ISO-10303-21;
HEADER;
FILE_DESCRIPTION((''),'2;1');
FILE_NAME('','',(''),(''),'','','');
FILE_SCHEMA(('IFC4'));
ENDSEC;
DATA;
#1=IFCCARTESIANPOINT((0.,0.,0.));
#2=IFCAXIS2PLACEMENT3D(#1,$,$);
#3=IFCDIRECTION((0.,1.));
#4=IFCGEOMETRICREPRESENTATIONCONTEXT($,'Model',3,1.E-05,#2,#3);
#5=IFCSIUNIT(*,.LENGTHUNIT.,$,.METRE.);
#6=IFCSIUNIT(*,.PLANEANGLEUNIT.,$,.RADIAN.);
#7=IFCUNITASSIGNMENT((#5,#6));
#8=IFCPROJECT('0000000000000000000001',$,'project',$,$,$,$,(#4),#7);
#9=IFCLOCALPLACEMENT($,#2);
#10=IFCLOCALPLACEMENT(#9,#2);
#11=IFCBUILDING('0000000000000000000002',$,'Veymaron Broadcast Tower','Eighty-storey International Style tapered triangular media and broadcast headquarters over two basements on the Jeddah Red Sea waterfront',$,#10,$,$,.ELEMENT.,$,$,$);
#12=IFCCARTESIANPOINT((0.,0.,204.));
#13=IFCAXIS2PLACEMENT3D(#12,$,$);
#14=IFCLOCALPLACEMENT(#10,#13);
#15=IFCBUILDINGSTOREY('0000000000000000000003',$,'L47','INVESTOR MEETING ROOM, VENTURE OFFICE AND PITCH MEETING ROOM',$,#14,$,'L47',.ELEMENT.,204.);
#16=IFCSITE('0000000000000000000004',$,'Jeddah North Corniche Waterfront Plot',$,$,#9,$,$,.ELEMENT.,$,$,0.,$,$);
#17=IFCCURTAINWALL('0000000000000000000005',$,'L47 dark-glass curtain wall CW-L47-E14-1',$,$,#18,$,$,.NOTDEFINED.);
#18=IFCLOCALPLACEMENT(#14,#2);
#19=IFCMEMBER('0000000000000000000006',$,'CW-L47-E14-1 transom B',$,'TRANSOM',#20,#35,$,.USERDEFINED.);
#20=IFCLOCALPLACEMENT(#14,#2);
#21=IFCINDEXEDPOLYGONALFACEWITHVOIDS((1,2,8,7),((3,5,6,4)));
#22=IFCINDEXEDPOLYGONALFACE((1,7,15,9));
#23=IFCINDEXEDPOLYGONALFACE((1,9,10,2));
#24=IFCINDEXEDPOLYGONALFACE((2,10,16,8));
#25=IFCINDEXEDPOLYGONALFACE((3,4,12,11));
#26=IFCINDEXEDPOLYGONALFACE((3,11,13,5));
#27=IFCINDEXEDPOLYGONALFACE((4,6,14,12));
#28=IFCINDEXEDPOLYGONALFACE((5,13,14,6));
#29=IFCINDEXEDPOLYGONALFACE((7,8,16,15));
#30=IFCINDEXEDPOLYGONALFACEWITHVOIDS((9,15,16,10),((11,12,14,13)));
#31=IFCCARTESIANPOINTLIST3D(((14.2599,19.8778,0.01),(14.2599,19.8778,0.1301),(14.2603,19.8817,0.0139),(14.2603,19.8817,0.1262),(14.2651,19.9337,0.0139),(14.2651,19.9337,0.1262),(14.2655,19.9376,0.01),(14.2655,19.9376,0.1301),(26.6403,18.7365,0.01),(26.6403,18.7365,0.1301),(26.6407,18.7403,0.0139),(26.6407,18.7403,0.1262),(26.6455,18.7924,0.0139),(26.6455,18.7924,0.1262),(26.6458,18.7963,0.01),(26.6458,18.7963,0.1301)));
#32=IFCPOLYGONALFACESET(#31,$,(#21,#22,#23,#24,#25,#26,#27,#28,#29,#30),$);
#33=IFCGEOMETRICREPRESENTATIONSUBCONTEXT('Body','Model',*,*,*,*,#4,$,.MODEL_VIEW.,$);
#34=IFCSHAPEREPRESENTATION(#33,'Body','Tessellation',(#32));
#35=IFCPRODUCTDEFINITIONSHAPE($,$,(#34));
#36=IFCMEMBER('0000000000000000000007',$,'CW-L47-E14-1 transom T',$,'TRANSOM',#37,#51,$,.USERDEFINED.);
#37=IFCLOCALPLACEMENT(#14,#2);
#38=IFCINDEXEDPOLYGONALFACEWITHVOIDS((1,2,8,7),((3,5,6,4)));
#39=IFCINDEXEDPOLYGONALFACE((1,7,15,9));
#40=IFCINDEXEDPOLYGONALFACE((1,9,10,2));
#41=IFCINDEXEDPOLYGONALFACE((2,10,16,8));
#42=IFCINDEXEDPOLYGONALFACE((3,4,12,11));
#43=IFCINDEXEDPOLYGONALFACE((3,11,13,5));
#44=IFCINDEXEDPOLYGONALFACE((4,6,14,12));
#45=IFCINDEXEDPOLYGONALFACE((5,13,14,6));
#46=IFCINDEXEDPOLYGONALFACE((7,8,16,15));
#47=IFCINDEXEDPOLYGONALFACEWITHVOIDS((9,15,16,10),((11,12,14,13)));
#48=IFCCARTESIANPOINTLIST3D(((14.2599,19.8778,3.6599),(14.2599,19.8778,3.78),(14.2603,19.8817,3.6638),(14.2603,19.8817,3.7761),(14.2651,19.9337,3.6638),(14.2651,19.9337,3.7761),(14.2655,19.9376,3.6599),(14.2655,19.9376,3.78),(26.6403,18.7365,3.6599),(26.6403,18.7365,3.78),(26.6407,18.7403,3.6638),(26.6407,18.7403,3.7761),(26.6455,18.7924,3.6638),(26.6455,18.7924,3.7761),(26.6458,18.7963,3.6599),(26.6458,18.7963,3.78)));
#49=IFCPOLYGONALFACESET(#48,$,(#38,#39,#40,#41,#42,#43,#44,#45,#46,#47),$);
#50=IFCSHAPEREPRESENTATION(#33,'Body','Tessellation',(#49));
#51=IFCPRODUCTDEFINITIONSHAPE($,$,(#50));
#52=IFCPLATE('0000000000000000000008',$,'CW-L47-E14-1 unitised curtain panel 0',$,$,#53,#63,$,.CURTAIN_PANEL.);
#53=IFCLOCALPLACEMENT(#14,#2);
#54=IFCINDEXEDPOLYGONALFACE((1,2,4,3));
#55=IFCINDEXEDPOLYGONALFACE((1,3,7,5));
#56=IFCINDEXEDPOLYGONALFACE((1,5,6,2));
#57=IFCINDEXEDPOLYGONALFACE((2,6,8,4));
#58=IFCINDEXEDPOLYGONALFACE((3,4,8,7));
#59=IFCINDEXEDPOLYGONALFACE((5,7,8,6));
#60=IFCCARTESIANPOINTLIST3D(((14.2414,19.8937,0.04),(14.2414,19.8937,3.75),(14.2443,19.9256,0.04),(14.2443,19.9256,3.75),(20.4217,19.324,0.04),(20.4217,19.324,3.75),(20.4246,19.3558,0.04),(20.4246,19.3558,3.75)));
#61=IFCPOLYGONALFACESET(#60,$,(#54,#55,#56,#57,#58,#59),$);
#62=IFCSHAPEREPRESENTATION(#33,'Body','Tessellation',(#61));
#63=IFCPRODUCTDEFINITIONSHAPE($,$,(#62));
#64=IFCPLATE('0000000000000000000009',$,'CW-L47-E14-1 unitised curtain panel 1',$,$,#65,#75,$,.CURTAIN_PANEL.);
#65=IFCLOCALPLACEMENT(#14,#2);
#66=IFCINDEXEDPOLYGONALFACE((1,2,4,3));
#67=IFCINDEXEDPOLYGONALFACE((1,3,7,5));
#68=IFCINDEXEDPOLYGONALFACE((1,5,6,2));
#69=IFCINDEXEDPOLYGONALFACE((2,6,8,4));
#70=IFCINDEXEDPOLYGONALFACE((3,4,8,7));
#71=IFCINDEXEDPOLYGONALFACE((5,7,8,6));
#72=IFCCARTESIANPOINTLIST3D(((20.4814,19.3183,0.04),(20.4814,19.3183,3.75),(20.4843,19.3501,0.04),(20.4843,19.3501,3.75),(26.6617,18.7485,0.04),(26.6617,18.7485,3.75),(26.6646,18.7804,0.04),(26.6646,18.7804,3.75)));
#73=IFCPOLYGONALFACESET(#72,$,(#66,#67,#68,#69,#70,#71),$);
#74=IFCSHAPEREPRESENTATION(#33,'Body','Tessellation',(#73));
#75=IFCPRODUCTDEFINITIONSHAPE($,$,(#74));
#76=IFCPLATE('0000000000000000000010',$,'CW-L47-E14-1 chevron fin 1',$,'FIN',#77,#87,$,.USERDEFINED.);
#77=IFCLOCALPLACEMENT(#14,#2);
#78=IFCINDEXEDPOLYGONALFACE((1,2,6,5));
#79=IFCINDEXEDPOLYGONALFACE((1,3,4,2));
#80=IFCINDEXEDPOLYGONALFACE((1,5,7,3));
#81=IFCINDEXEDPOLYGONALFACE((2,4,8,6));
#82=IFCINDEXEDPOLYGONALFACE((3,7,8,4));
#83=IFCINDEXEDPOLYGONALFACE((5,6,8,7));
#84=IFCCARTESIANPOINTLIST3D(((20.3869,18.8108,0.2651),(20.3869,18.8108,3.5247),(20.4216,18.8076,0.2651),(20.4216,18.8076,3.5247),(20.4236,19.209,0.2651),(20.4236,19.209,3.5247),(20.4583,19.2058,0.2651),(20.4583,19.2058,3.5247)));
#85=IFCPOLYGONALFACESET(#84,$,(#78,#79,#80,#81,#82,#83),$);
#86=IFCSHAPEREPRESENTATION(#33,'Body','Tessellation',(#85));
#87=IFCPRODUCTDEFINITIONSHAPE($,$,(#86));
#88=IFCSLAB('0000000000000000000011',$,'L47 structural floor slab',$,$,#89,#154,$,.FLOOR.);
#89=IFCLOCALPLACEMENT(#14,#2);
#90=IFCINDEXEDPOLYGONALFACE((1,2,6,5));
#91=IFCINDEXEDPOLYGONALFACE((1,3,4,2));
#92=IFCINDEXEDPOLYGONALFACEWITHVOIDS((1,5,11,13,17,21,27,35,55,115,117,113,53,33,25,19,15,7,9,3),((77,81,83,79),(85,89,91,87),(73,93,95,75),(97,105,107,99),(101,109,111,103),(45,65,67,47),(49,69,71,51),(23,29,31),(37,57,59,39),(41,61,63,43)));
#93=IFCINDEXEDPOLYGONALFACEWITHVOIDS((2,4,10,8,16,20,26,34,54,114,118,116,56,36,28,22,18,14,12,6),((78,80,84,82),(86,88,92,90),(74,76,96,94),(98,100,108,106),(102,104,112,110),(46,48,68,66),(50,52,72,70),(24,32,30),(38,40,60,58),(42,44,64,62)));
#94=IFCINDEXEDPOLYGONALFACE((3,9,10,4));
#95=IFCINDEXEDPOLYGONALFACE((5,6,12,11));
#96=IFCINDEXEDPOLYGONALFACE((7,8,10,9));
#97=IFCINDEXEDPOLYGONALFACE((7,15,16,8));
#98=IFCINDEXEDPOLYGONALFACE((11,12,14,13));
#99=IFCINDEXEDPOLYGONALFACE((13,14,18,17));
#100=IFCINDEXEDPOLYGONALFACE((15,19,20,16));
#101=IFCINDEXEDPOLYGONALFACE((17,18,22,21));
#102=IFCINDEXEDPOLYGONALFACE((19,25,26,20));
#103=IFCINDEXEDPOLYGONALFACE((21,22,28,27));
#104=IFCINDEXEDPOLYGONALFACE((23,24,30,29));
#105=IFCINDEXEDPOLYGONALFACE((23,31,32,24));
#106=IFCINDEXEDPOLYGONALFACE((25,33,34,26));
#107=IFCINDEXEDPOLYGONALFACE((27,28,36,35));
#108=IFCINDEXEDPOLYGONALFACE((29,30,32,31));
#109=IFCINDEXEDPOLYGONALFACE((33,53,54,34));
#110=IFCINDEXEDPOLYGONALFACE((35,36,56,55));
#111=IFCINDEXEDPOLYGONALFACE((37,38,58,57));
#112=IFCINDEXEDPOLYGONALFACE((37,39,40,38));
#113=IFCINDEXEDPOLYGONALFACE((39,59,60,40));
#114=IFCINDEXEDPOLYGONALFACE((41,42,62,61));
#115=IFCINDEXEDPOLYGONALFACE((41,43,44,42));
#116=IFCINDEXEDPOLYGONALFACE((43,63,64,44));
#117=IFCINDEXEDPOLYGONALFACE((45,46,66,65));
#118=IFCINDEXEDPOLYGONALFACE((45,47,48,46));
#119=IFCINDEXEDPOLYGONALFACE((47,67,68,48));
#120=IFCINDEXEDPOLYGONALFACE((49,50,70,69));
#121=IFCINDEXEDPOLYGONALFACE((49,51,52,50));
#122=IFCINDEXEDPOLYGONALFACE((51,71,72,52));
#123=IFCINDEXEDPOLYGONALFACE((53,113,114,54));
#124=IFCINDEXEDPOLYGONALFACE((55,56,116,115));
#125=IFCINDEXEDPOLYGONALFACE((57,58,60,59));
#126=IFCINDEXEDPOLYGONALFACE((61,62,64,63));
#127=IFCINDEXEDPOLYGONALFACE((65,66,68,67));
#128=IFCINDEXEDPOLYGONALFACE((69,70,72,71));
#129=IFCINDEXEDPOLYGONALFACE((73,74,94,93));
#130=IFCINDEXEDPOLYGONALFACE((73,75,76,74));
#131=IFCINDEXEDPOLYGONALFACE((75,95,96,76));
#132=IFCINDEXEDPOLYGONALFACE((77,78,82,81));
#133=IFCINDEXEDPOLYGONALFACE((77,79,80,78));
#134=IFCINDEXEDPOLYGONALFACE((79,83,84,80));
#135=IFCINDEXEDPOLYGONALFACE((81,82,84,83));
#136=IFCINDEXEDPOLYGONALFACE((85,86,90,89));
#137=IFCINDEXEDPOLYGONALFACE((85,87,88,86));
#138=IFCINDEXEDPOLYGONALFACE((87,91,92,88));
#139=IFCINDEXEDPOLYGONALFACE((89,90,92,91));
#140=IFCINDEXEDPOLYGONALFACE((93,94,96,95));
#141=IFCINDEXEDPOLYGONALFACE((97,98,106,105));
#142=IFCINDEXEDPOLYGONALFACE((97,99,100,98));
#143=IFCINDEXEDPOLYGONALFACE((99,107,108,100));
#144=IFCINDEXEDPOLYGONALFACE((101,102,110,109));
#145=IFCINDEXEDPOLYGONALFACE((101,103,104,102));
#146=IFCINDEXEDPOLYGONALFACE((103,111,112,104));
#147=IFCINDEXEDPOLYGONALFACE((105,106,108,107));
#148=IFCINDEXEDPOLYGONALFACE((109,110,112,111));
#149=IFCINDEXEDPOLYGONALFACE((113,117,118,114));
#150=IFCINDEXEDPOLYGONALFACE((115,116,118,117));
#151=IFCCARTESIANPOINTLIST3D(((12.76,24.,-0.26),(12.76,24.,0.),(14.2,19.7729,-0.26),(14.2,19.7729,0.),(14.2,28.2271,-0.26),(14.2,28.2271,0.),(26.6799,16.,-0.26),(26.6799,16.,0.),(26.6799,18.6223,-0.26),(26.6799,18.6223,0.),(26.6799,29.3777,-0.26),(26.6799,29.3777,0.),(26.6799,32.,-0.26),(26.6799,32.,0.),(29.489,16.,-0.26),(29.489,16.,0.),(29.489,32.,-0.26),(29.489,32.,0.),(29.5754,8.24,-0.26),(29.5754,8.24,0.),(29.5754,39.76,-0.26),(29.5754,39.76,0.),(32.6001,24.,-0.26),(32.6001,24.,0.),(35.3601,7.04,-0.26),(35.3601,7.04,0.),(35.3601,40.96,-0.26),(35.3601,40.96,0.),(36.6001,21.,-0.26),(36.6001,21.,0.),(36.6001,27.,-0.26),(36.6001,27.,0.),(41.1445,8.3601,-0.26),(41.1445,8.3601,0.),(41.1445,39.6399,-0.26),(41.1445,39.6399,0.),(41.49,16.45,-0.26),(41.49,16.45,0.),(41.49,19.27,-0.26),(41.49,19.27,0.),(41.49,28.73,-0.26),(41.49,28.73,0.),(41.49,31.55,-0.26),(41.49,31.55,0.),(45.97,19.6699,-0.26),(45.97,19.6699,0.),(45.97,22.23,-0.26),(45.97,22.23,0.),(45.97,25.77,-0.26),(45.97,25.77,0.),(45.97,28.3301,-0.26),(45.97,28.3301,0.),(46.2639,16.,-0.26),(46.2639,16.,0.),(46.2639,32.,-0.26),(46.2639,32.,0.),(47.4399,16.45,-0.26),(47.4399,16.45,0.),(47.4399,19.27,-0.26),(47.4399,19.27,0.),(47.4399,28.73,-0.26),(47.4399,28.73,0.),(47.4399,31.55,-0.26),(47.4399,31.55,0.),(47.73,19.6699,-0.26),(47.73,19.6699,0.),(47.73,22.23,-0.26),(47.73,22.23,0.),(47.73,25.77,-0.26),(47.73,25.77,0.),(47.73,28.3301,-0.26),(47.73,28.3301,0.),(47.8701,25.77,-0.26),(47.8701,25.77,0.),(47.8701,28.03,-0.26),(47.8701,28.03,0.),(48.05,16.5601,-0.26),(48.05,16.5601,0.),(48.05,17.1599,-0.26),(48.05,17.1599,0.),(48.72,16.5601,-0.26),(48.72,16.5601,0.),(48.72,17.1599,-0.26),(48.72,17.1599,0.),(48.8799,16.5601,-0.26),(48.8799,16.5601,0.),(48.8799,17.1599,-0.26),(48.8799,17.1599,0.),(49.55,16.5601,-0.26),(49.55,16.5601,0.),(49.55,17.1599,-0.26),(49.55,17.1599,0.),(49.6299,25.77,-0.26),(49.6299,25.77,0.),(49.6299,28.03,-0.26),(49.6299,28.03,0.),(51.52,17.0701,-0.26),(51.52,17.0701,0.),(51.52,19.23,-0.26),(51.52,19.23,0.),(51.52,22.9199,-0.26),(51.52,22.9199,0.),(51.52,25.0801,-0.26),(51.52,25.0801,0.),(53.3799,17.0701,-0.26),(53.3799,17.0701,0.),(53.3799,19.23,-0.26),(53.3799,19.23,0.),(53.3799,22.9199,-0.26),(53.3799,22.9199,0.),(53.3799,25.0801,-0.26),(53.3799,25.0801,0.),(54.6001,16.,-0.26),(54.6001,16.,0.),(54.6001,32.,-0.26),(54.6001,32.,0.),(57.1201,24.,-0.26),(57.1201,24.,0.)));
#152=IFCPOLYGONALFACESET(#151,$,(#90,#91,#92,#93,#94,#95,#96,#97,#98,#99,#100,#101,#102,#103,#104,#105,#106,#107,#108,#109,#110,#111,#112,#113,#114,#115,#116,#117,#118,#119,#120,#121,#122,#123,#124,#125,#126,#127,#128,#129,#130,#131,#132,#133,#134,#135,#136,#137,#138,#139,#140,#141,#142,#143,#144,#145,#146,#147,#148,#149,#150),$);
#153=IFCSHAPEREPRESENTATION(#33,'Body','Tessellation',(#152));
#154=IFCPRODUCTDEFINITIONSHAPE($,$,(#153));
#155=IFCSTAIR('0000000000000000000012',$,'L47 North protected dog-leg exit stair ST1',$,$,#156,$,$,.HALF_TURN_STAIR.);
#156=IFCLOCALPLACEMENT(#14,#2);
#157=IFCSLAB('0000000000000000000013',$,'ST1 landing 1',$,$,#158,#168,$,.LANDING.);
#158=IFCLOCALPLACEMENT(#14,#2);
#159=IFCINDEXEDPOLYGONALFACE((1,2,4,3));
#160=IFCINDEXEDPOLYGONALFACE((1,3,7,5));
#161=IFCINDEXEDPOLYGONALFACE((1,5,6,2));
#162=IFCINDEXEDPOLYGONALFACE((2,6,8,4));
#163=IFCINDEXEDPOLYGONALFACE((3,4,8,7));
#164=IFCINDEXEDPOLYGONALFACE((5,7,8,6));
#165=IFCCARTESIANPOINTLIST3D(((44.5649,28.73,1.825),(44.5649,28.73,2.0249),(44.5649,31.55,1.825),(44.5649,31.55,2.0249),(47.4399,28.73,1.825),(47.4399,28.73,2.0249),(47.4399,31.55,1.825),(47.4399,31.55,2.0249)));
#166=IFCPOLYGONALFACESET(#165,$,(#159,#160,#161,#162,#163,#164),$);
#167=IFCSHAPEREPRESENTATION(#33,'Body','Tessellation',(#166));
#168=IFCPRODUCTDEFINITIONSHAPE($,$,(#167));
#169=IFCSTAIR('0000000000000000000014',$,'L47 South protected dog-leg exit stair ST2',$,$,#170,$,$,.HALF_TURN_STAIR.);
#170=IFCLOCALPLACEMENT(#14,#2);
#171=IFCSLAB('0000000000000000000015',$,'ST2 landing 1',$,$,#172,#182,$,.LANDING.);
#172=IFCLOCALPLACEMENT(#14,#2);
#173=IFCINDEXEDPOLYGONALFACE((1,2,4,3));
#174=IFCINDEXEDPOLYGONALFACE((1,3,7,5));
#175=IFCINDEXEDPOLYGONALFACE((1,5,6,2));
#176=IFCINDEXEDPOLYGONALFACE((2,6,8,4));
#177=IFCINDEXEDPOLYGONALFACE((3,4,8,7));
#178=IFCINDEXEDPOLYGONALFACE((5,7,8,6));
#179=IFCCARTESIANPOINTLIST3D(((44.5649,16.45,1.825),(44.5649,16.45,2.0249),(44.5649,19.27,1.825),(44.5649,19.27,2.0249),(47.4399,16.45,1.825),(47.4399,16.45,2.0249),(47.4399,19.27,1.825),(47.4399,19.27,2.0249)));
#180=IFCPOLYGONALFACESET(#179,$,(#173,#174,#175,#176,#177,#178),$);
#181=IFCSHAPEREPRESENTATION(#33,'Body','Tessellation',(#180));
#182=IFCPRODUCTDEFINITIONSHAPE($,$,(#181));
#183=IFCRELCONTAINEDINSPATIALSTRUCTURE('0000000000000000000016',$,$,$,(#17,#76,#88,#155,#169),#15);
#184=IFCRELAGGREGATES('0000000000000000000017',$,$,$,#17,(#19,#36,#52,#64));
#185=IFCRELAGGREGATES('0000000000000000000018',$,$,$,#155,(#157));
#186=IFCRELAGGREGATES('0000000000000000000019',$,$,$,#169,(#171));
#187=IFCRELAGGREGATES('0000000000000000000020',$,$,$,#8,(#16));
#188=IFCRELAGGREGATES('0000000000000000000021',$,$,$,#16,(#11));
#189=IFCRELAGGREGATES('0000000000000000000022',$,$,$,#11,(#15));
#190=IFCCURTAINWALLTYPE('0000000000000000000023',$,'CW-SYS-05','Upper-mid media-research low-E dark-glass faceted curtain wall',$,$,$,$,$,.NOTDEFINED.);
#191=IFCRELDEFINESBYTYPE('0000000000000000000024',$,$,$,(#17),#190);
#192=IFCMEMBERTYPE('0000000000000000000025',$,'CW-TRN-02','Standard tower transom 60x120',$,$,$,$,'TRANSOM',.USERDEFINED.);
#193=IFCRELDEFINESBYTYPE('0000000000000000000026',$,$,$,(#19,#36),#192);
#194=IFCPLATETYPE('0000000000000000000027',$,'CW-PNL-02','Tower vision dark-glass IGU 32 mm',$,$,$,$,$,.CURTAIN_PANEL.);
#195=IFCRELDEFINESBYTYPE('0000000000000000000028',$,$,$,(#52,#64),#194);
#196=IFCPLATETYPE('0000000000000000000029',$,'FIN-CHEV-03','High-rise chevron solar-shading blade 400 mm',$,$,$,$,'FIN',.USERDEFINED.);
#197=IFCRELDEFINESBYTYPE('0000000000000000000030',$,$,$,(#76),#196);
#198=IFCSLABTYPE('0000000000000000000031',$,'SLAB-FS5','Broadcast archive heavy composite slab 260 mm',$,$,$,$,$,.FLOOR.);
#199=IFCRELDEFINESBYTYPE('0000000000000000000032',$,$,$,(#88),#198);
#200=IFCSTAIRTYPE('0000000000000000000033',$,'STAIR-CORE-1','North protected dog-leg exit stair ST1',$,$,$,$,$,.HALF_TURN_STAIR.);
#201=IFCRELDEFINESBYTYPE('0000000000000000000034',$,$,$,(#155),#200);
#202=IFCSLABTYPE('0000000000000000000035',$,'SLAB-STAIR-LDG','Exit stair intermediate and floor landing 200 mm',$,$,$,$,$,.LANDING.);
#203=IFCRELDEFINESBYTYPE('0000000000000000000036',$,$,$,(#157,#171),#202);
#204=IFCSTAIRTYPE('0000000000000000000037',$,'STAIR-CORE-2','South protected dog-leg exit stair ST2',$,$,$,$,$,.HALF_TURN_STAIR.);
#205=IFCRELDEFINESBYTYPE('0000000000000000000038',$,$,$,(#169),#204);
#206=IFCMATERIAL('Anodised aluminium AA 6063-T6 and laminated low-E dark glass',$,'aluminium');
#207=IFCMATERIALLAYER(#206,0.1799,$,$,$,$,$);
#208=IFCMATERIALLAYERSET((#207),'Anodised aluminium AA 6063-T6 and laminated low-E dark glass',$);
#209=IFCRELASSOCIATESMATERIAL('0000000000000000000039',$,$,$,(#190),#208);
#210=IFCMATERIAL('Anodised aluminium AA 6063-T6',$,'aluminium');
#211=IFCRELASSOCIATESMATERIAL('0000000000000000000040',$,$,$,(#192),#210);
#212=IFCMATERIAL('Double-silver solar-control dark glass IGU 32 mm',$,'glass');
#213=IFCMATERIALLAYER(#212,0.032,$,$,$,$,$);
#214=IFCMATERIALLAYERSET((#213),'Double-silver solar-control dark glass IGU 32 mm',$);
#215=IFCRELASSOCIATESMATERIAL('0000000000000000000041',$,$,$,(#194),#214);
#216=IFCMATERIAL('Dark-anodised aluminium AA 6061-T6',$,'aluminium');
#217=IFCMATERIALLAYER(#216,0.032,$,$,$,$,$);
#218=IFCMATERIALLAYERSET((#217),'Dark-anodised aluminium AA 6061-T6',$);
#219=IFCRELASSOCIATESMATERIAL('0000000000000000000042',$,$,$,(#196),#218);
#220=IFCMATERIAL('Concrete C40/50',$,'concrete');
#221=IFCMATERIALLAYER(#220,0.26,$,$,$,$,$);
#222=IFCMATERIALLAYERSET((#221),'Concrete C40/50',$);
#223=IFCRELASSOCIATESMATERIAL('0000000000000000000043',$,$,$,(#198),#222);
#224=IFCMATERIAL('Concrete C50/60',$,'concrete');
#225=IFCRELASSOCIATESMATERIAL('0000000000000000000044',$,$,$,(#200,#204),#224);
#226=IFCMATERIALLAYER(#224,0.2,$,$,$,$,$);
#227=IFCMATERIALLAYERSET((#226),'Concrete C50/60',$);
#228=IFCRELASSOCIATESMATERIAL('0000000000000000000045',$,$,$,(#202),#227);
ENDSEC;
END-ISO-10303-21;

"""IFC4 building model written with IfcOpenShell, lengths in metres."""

from ifc_helpers import new_model, si_unit, direction, frame, origin, origin_2d, place, context, subcontext, project, spatial, polyline, rectangle, hollow_rectangle, outline, extrude, material, layer, layer_set, material_profile, profile_set, type_object, element, aggregate, save


model = new_model("IFC4")

# Units and contexts
model_context = context("Model", 3, precision=1e-05, world=origin(), true_north=direction((0.0, 1.0)))
body_context = subcontext(model_context, "Body", "Model", "MODEL_VIEW")
ifc_project = project(units=[si_unit("LENGTHUNIT", "METRE"), si_unit("PLANEANGLEUNIT", "RADIAN")], contexts=[model_context])

# Site, building, storey
site_placement = place(None, origin())
site = spatial("IfcSite", under=ifc_project, at=site_placement, Name="Jeddah North Corniche Waterfront Plot", CompositionType="ELEMENT", RefElevation=0.0)
building_placement = place(site_placement, origin())
building = spatial("IfcBuilding", under=site, at=building_placement, Name="Veymaron Broadcast Tower", Description="Eighty-storey International Style tapered triangular media and broadcast headquarters over two basements on the Jeddah Red Sea waterfront", CompositionType="ELEMENT")
storey_placement = place(building_placement, frame((0.0, 0.0, 204.0)))
storey = spatial("IfcBuildingStorey", under=building, at=storey_placement, Name="L47", Description="INVESTOR MEETING ROOM, VENTURE OFFICE AND PITCH MEETING ROOM", LongName="L47", CompositionType="ELEMENT", Elevation=204.0)

# Curtain wall, members, plates
ifc_material_1 = material(Name="Anodised aluminium AA 6063-T6 and laminated low-E dark glass", Category="aluminium")
ifc_layer_1 = layer(ifc_material_1, 0.1799)
ifc_layer_set_1 = layer_set([ifc_layer_1], Name="Anodised aluminium AA 6063-T6 and laminated low-E dark glass")
curtain_wall_type = type_object("IfcCurtainWallType", Name="CW-SYS-05", Description="Upper-mid media-research low-E dark-glass faceted curtain wall", PredefinedType="NOTDEFINED", material=ifc_layer_set_1)
curtain_wall_placement = place(storey_placement, origin())
curtain_wall = element("IfcCurtainWall", 1, at=curtain_wall_placement, inside=storey, type_object=curtain_wall_type, Name="L47 dark-glass curtain wall CW-L47-E14-1", PredefinedType="NOTDEFINED")
ifc_material_2 = material(Name="Anodised aluminium AA 6063-T6", Category="aluminium")
ifc_material_profile_1 = material_profile(ifc_material_2, hollow_rectangle(XDim=0.0601, YDim=0.1201, WallThickness=0.0039, at=origin_2d()), Name="AL120X60X4")
ifc_profile_set_1 = profile_set([ifc_material_profile_1], Name="Anodised aluminium AA 6063-T6")
member_type_1 = type_object("IfcMemberType", Name="CW-TRN-02", Description="Standard tower transom 60x120", ElementType="TRANSOM", PredefinedType="USERDEFINED", material=ifc_profile_set_1)
member_1_placement = place(storey_placement, frame((14.2627, 19.9077, 0.0701), z_axis=(0.995777, -0.091802, 0.0), x_axis=(0.091802, 0.995777, 0.0)))
member_1 = element("IfcMember", 2, at=member_1_placement, type_object=member_type_1, Name="CW-L47-E14-1 transom B", ObjectType="TRANSOM", PredefinedType="USERDEFINED", context=body_context, shape_type="SweptSolid", body=[
    extrude(hollow_rectangle(XDim=0.0601, YDim=0.1201, WallThickness=0.0039, at=origin_2d()), origin(), (0.0, 0.0, 1.0), 12.4329),
])
member_2_placement = place(storey_placement, frame((14.2627, 19.9077, 3.72), z_axis=(0.995777, -0.091802, 0.0), x_axis=(0.091802, 0.995777, 0.0)))
member_2 = element("IfcMember", 3, at=member_2_placement, type_object=member_type_1, Name="CW-L47-E14-1 transom T", ObjectType="TRANSOM", PredefinedType="USERDEFINED", context=body_context, shape_type="SweptSolid", body=[
    extrude(hollow_rectangle(XDim=0.0601, YDim=0.1201, WallThickness=0.0039, at=origin_2d()), origin(), (0.0, 0.0, 1.0), 12.4329),
])
ifc_material_3 = material(Name="Double-silver solar-control dark glass IGU 32 mm", Category="glass")
ifc_layer_2 = layer(ifc_material_3, 0.032)
ifc_layer_set_2 = layer_set([ifc_layer_2], Name="Double-silver solar-control dark glass IGU 32 mm")
plate_type_1 = type_object("IfcPlateType", Name="CW-PNL-02", Description="Tower vision dark-glass IGU 32 mm", PredefinedType="CURTAIN_PANEL", material=ifc_layer_set_2)
plate_1_placement = place(storey_placement, frame((17.333, 19.6248, 0.04), z_axis=(0.0, 0.0, 1.0), x_axis=(0.995778, -0.091797, 0.0)))
plate_1 = element("IfcPlate", 4, at=plate_1_placement, type_object=plate_type_1, Name="CW-L47-E14-1 unitised curtain panel 0", PredefinedType="CURTAIN_PANEL", context=body_context, shape_type="SweptSolid", body=[
    extrude(rectangle(XDim=6.2065, YDim=0.032, at=origin_2d()), origin(), (0.0, 0.0, 1.0), 3.71),
])
plate_2_placement = place(storey_placement, frame((23.573, 19.0493, 0.04), z_axis=(0.0, 0.0, 1.0), x_axis=(0.995778, -0.091797, 0.0)))
plate_2 = element("IfcPlate", 5, at=plate_2_placement, type_object=plate_type_1, Name="CW-L47-E14-1 unitised curtain panel 1", PredefinedType="CURTAIN_PANEL", context=body_context, shape_type="SweptSolid", body=[
    extrude(rectangle(XDim=6.2065, YDim=0.032, at=origin_2d()), origin(), (0.0, 0.0, 1.0), 3.71),
])
aggregate(curtain_wall, [member_1, member_2, plate_1, plate_2])

# Plate
ifc_material_4 = material(Name="Dark-anodised aluminium AA 6061-T6", Category="aluminium")
ifc_layer_3 = layer(ifc_material_4, 0.032)
ifc_layer_set_3 = layer_set([ifc_layer_3], Name="Dark-anodised aluminium AA 6061-T6")
plate_type_2 = type_object("IfcPlateType", Name="FIN-CHEV-03", Description="High-rise chevron solar-shading blade 400 mm", ElementType="FIN", PredefinedType="USERDEFINED", material=ifc_layer_set_3)
plate_3_placement = place(storey_placement, frame((20.4226, 19.0083, 0.2651), z_axis=(0.0, 0.0, 1.0), x_axis=(-0.091797, -0.995778, 0.0)))
element("IfcPlate", 6, at=plate_3_placement, inside=storey, type_object=plate_type_2, Name="CW-L47-E14-1 chevron fin 1", ObjectType="FIN", PredefinedType="USERDEFINED", context=body_context, shape_type="SweptSolid", body=[
    extrude(rectangle(XDim=0.3999, YDim=0.0349, at=origin_2d()), origin(), (0.0, 0.0, 1.0), 3.2595),
])

# Slab
ifc_material_5 = material(Name="Concrete C40/50", Category="concrete")
ifc_layer_4 = layer(ifc_material_5, 0.26)
ifc_layer_set_4 = layer_set([ifc_layer_4], Name="Concrete C40/50")
slab_type_1 = type_object("IfcSlabType", Name="SLAB-FS5", Description="Broadcast archive heavy composite slab 260 mm", PredefinedType="FLOOR", material=ifc_layer_set_4)
slab_1_placement = place(storey_placement, frame((0.0, 0.0, -0.26)))
element("IfcSlab", 7, at=slab_1_placement, inside=storey, type_object=slab_type_1, Name="L47 structural floor slab", PredefinedType="FLOOR", context=body_context, shape_type="SweptSolid", body=[
    extrude(outline(polyline([(46.2639, 16.0), (54.6001, 16.0), (57.1201, 24.0), (54.6001, 32.0), (46.2639, 32.0), (41.1445, 39.6399), (35.3601, 40.96), (29.5754, 39.76), (29.489, 32.0), (26.6799, 32.0), (26.6799, 29.3777), (14.2, 28.2271), (12.76, 24.0), (14.2, 19.7729), (26.6799, 18.6223), (26.6799, 16.0), (29.489, 16.0), (29.5754, 8.24), (35.3601, 7.04), (41.1445, 8.3601), (46.2639, 16.0)]), holes=[polyline([(45.97, 28.3301), (47.73, 28.3301), (47.73, 25.77), (45.97, 25.77), (45.97, 28.3301)]), polyline([(45.97, 22.23), (47.73, 22.23), (47.73, 19.6699), (45.97, 19.6699), (45.97, 22.23)]), polyline([(47.8701, 28.03), (49.6299, 28.03), (49.6299, 25.77), (47.8701, 25.77), (47.8701, 28.03)]), polyline([(51.52, 25.0801), (53.3799, 25.0801), (53.3799, 22.9199), (51.52, 22.9199), (51.52, 25.0801)]), polyline([(51.52, 19.23), (53.3799, 19.23), (53.3799, 17.0701), (51.52, 17.0701), (51.52, 19.23)]), polyline([(48.05, 17.1599), (48.72, 17.1599), (48.72, 16.5601), (48.05, 16.5601), (48.05, 17.1599)]), polyline([(48.8799, 17.1599), (49.55, 17.1599), (49.55, 16.5601), (48.8799, 16.5601), (48.8799, 17.1599)]), polyline([(36.6001, 27.0), (36.6001, 21.0), (32.6001, 24.0), (36.6001, 27.0)]), polyline([(41.49, 31.55), (47.4399, 31.55), (47.4399, 28.73), (41.49, 28.73), (41.49, 31.55)]), polyline([(41.49, 19.27), (47.4399, 19.27), (47.4399, 16.45), (41.49, 16.45), (41.49, 19.27)])]), origin(), (0.0, 0.0, 1.0), 0.26),
])

# Stairs, slabs
ifc_material_6 = material(Name="Concrete C50/60", Category="concrete")
stair_type_1 = type_object("IfcStairType", Name="STAIR-CORE-1", Description="North protected dog-leg exit stair ST1", PredefinedType="HALF_TURN_STAIR", material=ifc_material_6)
stair_1_placement = place(storey_placement, origin())
stair_1 = element("IfcStair", 8, at=stair_1_placement, inside=storey, type_object=stair_type_1, Name="L47 North protected dog-leg exit stair ST1", PredefinedType="HALF_TURN_STAIR")
ifc_layer_5 = layer(ifc_material_6, 0.2)
ifc_layer_set_5 = layer_set([ifc_layer_5], Name="Concrete C50/60")
slab_type_2 = type_object("IfcSlabType", Name="SLAB-STAIR-LDG", Description="Exit stair intermediate and floor landing 200 mm", PredefinedType="LANDING", material=ifc_layer_set_5)
slab_2_placement = place(storey_placement, frame((0.0, 0.0, 1.825)))
slab_2 = element("IfcSlab", 9, at=slab_2_placement, type_object=slab_type_2, Name="ST1 landing 1", PredefinedType="LANDING", context=body_context, shape_type="SweptSolid", body=[
    extrude(outline(polyline([(44.5649, 28.73), (47.4399, 28.73), (47.4399, 31.55), (44.5649, 31.55), (44.5649, 28.73)])), origin(), (0.0, 0.0, 1.0), 0.2),
])
aggregate(stair_1, [slab_2])
stair_type_2 = type_object("IfcStairType", Name="STAIR-CORE-2", Description="South protected dog-leg exit stair ST2", PredefinedType="HALF_TURN_STAIR", material=ifc_material_6)
stair_2_placement = place(storey_placement, origin())
stair_2 = element("IfcStair", 10, at=stair_2_placement, inside=storey, type_object=stair_type_2, Name="L47 South protected dog-leg exit stair ST2", PredefinedType="HALF_TURN_STAIR")
slab_3_placement = place(storey_placement, frame((0.0, 0.0, 1.825)))
slab_3 = element("IfcSlab", 11, at=slab_3_placement, type_object=slab_type_2, Name="ST2 landing 1", PredefinedType="LANDING", context=body_context, shape_type="SweptSolid", body=[
    extrude(outline(polyline([(44.5649, 16.45), (47.4399, 16.45), (47.4399, 19.27), (44.5649, 19.27), (44.5649, 16.45)])), origin(), (0.0, 0.0, 1.0), 0.2),
])
aggregate(stair_2, [slab_3])

save(model, "model.ifc")
